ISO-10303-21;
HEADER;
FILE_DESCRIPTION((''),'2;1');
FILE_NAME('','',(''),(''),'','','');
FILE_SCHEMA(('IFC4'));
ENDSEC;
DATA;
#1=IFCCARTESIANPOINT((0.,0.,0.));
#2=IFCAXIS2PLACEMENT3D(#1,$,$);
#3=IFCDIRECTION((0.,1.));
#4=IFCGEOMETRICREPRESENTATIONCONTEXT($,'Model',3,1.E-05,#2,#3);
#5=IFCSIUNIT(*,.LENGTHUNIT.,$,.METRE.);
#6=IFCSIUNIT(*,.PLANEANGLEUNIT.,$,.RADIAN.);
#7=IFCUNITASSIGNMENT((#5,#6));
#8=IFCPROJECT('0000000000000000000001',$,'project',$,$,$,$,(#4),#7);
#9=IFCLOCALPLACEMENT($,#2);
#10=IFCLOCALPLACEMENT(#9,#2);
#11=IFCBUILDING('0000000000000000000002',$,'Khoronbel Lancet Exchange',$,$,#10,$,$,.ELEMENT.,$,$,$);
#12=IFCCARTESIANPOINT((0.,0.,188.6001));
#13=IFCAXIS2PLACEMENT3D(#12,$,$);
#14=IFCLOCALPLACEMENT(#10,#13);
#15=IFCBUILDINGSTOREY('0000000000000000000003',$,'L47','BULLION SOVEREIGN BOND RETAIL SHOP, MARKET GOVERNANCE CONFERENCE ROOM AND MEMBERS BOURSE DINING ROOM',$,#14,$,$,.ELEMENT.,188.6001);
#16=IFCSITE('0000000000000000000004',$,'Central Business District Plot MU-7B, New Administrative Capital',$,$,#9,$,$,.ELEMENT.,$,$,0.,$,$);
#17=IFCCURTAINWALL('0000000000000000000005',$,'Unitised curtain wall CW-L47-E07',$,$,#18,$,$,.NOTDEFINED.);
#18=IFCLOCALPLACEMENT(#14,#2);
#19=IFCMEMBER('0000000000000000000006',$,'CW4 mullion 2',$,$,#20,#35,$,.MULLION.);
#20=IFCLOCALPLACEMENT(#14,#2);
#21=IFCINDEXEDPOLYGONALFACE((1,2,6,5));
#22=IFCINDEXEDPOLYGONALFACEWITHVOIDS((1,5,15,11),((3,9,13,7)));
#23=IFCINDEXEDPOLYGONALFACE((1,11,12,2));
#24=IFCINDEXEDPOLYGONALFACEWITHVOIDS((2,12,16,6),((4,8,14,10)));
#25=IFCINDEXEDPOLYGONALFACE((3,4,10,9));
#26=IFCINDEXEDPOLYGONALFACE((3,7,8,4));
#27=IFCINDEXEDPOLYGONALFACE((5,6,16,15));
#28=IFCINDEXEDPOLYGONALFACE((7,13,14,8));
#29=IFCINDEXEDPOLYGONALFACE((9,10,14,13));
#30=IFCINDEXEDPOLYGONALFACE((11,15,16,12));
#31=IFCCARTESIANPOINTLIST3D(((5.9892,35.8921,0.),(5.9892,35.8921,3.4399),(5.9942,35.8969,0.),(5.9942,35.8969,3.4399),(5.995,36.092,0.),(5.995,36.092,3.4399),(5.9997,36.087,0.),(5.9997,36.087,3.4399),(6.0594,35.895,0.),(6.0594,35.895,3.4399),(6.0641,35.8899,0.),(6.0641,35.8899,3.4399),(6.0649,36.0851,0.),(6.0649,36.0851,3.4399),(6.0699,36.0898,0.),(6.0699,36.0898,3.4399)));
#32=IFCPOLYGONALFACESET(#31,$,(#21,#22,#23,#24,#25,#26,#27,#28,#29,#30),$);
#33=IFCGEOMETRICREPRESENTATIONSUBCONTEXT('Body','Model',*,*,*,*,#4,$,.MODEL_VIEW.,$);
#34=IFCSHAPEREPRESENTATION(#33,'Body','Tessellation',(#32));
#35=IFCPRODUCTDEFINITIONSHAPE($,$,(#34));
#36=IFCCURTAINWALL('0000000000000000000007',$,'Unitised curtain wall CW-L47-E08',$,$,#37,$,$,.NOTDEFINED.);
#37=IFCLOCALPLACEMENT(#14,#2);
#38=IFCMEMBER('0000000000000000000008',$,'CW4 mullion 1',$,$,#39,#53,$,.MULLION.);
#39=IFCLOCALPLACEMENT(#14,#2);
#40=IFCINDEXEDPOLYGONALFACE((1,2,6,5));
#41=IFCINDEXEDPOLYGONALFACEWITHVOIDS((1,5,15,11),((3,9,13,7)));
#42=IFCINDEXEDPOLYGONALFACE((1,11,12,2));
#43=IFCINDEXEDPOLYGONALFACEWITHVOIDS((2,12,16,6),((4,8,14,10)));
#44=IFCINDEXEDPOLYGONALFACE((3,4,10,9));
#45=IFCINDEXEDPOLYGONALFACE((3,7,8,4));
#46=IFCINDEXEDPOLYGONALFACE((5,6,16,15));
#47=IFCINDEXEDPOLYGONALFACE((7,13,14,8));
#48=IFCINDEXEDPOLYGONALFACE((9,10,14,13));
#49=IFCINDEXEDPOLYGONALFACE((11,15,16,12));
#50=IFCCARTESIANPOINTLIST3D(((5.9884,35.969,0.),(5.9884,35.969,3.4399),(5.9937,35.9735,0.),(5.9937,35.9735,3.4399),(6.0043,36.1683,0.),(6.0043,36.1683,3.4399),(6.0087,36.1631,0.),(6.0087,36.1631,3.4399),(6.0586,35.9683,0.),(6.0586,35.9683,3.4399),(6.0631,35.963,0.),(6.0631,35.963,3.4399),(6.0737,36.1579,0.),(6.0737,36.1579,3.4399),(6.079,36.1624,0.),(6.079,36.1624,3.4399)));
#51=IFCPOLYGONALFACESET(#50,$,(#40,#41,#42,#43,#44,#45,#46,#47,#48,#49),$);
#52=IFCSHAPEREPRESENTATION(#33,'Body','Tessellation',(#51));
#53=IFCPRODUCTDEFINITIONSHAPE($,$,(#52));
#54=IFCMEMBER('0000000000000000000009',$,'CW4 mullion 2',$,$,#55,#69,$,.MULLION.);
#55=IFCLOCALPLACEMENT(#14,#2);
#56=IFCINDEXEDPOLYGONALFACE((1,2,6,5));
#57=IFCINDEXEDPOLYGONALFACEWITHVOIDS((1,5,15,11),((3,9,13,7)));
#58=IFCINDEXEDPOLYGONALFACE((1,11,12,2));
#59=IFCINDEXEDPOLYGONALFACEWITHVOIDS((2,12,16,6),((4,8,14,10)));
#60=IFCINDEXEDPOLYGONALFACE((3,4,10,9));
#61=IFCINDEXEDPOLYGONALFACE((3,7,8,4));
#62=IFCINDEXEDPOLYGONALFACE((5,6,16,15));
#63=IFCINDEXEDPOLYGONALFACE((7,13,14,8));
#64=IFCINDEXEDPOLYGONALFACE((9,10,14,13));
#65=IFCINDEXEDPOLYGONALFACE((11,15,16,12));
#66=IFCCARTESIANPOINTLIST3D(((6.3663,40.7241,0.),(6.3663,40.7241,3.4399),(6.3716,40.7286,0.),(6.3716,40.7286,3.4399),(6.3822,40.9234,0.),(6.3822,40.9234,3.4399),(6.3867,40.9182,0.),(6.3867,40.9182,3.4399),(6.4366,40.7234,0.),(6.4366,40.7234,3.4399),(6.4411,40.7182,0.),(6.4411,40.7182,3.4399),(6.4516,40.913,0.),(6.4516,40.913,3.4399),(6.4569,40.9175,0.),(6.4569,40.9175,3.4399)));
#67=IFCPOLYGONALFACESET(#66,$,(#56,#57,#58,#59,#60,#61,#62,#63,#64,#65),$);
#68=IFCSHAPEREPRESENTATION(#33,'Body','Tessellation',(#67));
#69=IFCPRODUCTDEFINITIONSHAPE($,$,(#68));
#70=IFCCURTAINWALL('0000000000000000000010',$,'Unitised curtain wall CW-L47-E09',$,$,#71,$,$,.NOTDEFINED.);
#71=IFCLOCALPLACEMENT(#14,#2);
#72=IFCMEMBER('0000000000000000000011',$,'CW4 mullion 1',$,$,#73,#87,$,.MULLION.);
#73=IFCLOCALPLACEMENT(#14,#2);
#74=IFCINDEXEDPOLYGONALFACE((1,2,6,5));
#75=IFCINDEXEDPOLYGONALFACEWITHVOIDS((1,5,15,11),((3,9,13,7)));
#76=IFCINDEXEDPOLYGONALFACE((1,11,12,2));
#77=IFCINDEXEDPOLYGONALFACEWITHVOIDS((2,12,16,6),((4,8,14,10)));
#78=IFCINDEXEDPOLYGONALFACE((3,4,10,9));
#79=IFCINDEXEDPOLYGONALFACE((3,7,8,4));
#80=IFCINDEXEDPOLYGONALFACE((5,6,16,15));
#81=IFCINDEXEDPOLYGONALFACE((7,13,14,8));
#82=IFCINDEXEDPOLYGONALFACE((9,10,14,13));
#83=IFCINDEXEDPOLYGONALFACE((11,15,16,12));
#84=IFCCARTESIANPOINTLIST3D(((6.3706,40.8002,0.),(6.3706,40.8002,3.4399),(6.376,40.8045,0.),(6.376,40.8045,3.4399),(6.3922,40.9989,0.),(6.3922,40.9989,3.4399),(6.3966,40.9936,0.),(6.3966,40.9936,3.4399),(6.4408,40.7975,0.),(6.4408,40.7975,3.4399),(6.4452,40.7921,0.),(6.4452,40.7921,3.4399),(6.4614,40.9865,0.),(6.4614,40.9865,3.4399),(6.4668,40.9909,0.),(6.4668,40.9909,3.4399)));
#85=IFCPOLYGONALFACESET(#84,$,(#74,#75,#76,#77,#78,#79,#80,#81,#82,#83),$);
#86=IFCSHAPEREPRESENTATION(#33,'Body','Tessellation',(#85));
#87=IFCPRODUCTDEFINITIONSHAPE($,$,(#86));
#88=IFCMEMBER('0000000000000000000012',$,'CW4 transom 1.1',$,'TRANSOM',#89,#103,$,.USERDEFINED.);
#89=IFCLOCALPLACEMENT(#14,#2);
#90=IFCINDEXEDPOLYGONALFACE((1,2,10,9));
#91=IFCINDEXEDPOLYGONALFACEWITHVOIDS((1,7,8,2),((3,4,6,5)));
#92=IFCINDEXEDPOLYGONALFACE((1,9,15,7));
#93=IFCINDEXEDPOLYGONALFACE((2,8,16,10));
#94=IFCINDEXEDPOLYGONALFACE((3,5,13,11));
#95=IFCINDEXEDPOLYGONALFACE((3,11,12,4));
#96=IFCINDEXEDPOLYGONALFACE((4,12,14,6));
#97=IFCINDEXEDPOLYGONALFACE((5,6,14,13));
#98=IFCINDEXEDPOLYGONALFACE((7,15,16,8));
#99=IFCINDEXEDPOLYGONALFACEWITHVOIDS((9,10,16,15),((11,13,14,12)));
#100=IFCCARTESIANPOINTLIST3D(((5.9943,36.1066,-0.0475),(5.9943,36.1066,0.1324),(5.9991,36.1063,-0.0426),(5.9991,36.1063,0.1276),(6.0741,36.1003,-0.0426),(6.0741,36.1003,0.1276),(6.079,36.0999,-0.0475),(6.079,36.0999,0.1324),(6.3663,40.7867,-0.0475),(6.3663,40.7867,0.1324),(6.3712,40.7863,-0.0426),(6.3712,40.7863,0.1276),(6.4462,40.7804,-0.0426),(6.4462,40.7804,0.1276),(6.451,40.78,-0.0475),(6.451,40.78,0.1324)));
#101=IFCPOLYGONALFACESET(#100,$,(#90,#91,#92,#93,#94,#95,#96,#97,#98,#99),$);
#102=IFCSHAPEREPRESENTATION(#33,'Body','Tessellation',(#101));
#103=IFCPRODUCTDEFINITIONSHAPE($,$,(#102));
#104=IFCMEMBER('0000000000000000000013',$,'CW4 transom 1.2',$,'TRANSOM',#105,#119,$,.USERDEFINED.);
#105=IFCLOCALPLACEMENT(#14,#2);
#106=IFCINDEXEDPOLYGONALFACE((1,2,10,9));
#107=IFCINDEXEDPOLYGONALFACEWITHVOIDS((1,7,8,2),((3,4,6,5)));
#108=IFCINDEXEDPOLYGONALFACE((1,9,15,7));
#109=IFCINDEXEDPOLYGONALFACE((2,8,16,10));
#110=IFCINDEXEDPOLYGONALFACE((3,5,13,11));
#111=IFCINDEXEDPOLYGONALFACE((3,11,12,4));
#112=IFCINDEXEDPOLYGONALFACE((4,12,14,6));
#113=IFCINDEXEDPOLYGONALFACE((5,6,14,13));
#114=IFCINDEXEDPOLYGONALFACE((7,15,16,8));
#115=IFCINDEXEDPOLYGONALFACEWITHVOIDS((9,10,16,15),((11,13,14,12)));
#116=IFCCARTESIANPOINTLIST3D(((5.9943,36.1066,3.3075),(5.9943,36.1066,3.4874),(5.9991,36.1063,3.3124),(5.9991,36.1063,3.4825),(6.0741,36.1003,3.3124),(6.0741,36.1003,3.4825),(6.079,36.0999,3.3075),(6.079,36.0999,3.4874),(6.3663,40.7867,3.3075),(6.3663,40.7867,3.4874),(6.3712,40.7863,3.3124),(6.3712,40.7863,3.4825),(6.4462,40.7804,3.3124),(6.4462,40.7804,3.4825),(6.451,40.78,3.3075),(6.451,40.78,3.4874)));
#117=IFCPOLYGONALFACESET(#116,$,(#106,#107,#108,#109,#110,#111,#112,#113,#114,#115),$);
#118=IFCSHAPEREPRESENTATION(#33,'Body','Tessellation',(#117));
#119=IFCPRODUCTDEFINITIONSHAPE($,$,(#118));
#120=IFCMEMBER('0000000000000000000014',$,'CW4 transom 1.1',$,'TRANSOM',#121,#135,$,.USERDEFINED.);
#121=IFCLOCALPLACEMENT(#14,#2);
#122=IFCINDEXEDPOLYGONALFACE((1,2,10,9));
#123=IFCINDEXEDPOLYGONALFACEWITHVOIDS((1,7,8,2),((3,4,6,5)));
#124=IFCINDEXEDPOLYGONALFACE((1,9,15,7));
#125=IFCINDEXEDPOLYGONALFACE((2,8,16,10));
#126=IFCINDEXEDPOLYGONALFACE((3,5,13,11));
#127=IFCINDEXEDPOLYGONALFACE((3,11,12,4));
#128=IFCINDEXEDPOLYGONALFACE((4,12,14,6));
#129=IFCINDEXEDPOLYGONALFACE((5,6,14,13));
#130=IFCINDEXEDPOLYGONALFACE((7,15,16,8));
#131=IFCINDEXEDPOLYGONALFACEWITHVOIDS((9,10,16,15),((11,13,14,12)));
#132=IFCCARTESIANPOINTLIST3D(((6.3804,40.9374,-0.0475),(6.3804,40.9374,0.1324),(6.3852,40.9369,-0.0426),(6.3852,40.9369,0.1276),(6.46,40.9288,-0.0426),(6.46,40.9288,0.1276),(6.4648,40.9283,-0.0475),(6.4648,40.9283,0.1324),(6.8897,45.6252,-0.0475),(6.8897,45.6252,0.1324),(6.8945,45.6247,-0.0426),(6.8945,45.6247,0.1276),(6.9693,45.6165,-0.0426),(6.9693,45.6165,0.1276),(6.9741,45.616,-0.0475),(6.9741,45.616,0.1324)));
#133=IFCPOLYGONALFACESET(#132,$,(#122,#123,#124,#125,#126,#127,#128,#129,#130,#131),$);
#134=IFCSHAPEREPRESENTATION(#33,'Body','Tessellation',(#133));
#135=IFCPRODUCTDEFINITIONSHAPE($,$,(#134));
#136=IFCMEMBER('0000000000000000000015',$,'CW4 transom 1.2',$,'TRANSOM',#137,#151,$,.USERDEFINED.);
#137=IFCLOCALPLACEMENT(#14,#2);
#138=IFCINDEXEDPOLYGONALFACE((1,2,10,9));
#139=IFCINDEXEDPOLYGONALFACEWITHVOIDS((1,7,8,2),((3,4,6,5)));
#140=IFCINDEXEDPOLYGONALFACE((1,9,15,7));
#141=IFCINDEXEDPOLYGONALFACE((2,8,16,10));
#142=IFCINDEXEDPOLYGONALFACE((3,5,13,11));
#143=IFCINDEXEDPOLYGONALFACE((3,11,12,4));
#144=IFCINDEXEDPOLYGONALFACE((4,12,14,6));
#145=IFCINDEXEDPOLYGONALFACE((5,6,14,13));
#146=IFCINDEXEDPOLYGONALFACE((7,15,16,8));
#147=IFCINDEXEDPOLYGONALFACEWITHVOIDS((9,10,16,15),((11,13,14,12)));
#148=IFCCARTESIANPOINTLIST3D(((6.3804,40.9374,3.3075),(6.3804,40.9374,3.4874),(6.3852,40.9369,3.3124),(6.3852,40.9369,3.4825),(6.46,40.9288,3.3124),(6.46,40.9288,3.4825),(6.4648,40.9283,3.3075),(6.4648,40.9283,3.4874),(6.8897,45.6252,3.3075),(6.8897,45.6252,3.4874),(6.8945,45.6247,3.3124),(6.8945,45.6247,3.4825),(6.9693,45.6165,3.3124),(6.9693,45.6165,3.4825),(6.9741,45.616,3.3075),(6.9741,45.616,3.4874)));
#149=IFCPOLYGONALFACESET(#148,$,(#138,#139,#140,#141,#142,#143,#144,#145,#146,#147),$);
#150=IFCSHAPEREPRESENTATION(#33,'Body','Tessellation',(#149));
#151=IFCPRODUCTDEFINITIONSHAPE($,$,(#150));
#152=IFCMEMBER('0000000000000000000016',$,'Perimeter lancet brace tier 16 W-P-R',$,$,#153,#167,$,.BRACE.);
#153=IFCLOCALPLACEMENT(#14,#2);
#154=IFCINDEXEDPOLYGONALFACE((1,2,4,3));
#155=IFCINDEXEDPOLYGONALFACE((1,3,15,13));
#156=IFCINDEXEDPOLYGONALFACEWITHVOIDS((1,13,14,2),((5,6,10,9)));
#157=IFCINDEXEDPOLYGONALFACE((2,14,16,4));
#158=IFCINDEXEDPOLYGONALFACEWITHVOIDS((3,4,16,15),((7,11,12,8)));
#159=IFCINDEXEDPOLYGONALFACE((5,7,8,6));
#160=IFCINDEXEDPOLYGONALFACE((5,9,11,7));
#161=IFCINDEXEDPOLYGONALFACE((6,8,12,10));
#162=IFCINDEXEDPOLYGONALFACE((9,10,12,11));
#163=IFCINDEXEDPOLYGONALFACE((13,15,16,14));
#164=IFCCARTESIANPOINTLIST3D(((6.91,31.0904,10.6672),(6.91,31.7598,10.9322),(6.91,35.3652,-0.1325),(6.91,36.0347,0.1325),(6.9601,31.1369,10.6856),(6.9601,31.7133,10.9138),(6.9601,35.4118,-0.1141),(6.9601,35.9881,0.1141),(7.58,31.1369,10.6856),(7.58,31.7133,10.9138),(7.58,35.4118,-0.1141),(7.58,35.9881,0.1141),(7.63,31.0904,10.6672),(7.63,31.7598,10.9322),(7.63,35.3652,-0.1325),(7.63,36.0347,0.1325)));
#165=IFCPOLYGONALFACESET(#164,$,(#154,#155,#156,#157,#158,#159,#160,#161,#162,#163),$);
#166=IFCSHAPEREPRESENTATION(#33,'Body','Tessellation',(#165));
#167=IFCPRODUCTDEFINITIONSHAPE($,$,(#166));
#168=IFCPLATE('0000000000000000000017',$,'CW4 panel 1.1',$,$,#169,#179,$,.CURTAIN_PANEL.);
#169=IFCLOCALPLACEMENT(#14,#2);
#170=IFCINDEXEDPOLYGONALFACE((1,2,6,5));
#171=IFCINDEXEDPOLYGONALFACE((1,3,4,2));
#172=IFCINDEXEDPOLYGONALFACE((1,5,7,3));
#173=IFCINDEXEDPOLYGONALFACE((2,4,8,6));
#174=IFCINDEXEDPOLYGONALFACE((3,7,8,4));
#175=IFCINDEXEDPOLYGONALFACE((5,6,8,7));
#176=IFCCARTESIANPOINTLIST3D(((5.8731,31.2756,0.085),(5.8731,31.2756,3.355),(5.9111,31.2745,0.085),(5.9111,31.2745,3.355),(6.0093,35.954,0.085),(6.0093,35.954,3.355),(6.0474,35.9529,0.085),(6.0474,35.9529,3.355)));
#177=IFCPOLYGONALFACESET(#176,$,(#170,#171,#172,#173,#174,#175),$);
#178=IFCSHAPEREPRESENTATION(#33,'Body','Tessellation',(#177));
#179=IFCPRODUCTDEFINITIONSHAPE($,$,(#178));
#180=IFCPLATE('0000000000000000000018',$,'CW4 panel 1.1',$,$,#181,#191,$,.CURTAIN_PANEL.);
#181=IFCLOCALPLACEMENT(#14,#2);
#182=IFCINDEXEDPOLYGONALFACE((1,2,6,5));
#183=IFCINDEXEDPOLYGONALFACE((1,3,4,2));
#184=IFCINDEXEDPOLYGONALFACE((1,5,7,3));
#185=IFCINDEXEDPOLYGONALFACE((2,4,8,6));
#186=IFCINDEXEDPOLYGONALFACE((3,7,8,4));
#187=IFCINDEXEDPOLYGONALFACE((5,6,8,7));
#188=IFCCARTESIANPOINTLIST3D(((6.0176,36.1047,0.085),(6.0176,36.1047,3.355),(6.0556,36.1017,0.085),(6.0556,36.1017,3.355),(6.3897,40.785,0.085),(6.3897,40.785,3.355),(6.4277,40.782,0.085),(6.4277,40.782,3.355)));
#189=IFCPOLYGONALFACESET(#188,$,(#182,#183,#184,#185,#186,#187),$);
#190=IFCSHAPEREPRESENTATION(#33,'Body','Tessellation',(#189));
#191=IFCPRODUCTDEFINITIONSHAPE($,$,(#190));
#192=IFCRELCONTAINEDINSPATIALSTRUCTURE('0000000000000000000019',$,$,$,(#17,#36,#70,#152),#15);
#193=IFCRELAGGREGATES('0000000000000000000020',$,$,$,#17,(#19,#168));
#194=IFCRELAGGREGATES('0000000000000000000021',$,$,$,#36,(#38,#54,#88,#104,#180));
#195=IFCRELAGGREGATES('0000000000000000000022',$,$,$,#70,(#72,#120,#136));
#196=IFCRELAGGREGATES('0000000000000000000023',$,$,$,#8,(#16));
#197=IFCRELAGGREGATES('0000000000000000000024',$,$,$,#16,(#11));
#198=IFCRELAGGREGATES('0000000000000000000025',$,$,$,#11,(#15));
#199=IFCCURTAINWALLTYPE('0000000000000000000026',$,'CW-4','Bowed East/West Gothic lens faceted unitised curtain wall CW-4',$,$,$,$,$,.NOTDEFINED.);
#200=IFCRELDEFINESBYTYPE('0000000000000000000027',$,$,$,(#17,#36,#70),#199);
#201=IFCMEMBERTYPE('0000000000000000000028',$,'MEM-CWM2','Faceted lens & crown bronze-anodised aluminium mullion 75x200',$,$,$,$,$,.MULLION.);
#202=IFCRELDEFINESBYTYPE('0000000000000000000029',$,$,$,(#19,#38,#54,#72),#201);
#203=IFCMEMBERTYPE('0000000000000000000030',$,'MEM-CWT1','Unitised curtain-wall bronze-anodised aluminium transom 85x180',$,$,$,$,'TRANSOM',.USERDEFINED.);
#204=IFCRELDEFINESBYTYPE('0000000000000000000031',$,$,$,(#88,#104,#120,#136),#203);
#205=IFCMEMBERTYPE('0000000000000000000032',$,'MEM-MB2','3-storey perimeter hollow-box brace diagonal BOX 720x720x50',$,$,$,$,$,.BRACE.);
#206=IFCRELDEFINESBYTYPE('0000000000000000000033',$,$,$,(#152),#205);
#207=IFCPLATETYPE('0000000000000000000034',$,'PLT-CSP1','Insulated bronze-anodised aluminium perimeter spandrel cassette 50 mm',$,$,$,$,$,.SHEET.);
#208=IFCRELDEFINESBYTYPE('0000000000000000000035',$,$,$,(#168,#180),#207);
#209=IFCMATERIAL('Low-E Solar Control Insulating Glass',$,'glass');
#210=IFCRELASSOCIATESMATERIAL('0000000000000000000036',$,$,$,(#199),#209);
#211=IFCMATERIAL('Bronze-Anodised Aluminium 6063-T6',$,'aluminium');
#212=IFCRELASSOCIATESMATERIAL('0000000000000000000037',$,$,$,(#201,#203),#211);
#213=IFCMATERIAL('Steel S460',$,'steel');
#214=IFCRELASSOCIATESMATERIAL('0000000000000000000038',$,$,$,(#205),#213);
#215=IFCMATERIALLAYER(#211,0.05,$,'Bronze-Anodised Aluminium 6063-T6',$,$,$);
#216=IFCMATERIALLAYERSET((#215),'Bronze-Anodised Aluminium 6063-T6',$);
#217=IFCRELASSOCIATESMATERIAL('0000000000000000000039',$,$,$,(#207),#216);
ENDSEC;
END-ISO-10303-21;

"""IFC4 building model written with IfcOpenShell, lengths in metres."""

from ifc_helpers import new_model, si_unit, direction, frame, origin, origin_2d, place, context, subcontext, project, spatial, rectangle, hollow_rectangle, extrude, material, layer, layer_set, material_profile, profile_set, type_object, element, aggregate, save


model = new_model("IFC4")

# Units and contexts
model_context = context("Model", 3, precision=1e-05, world=origin(), true_north=direction((0.0, 1.0)))
body_context = subcontext(model_context, "Body", "Model", "MODEL_VIEW")
ifc_project = project(units=[si_unit("LENGTHUNIT", "METRE"), si_unit("PLANEANGLEUNIT", "RADIAN")], contexts=[model_context])

# Site, building, storey
site_placement = place(None, origin())
site = spatial("IfcSite", under=ifc_project, at=site_placement, Name="Central Business District Plot MU-7B, New Administrative Capital", CompositionType="ELEMENT", RefElevation=0.0)
building_placement = place(site_placement, origin())
building = spatial("IfcBuilding", under=site, at=building_placement, Name="Khoronbel Lancet Exchange", CompositionType="ELEMENT")
storey_placement = place(building_placement, frame((0.0, 0.0, 188.6001)))
storey = spatial("IfcBuildingStorey", under=building, at=storey_placement, Name="L47", Description="BULLION SOVEREIGN BOND RETAIL SHOP, MARKET GOVERNANCE CONFERENCE ROOM AND MEMBERS BOURSE DINING ROOM", CompositionType="ELEMENT", Elevation=188.6001)

# Curtain wall, member
ifc_material_1 = material(Name="Low-E Solar Control Insulating Glass", Category="glass")
curtain_wall_type = type_object("IfcCurtainWallType", Name="CW-4", Description="Bowed East/West Gothic lens faceted unitised curtain wall CW-4", PredefinedType="NOTDEFINED", material=ifc_material_1)
curtain_wall_1_placement = place(storey_placement, origin())
curtain_wall_1 = element("IfcCurtainWall", 1, at=curtain_wall_1_placement, inside=storey, type_object=curtain_wall_type, Name="Unitised curtain wall CW-L47-E07", PredefinedType="NOTDEFINED")
ifc_material_2 = material(Name="Bronze-Anodised Aluminium 6063-T6", Category="aluminium")
ifc_material_profile_1 = material_profile(ifc_material_2, hollow_rectangle(XDim=0.075, YDim=0.2, WallThickness=0.0049, at=origin_2d()), Name="ALU MULLION 75x200")
ifc_profile_set_1 = profile_set([ifc_material_profile_1], Name="Bronze-Anodised Aluminium 6063-T6")
member_type_1 = type_object("IfcMemberType", Name="MEM-CWM2", Description="Faceted lens & crown bronze-anodised aluminium mullion 75x200", PredefinedType="MULLION", material=ifc_profile_set_1)
member_1_placement = place(storey_placement, frame((6.0295, 35.991, 0.0), z_axis=(0.0, 0.0, 1.0), x_axis=(-0.999576, 0.029107, 0.0)))
member_1 = element("IfcMember", 2, at=member_1_placement, type_object=member_type_1, Name="CW4 mullion 2", PredefinedType="MULLION", context=body_context, shape_type="SweptSolid", body=[
    extrude(hollow_rectangle(XDim=0.075, YDim=0.2, WallThickness=0.0049, at=origin_2d()), origin(), (0.0, 0.0, 1.0), 3.4399),
])

# Curtain wall, members
curtain_wall_2_placement = place(storey_placement, origin())
curtain_wall_2 = element("IfcCurtainWall", 3, at=curtain_wall_2_placement, inside=storey, type_object=curtain_wall_type, Name="Unitised curtain wall CW-L47-E08", PredefinedType="NOTDEFINED")
member_2_placement = place(storey_placement, frame((6.0337, 36.0657, 0.0), z_axis=(0.0, 0.0, 1.0), x_axis=(-0.996854, 0.079255, 0.0)))
member_2 = element("IfcMember", 4, at=member_2_placement, type_object=member_type_1, Name="CW4 mullion 1", PredefinedType="MULLION", context=body_context, shape_type="SweptSolid", body=[
    extrude(hollow_rectangle(XDim=0.075, YDim=0.2, WallThickness=0.0049, at=origin_2d()), origin(), (0.0, 0.0, 1.0), 3.4399),
])
member_3_placement = place(storey_placement, frame((6.4116, 40.8208, 0.0), z_axis=(0.0, 0.0, 1.0), x_axis=(-0.996854, 0.079255, 0.0)))
member_3 = element("IfcMember", 5, at=member_3_placement, type_object=member_type_1, Name="CW4 mullion 2", PredefinedType="MULLION", context=body_context, shape_type="SweptSolid", body=[
    extrude(hollow_rectangle(XDim=0.075, YDim=0.2, WallThickness=0.0049, at=origin_2d()), origin(), (0.0, 0.0, 1.0), 3.4399),
])

# Curtain wall, member
curtain_wall_3_placement = place(storey_placement, origin())
curtain_wall_3 = element("IfcCurtainWall", 6, at=curtain_wall_3_placement, inside=storey, type_object=curtain_wall_type, Name="Unitised curtain wall CW-L47-E09", PredefinedType="NOTDEFINED")
member_4_placement = place(storey_placement, frame((6.4187, 40.8955, 0.0), z_axis=(0.0, 0.0, 1.0), x_axis=(-0.994152, 0.10799, 0.0)))
member_4 = element("IfcMember", 7, at=member_4_placement, type_object=member_type_1, Name="CW4 mullion 1", PredefinedType="MULLION", context=body_context, shape_type="SweptSolid", body=[
    extrude(hollow_rectangle(XDim=0.075, YDim=0.2, WallThickness=0.0049, at=origin_2d()), origin(), (0.0, 0.0, 1.0), 3.4399),
])

# Members
ifc_material_profile_2 = material_profile(ifc_material_2, hollow_rectangle(XDim=0.085, YDim=0.1799, WallThickness=0.0049, at=origin_2d()), Name="ALU TRANSOM 85x180")
ifc_profile_set_2 = profile_set([ifc_material_profile_2], Name="Bronze-Anodised Aluminium 6063-T6")
member_type_2 = type_object("IfcMemberType", Name="MEM-CWT1", Description="Unitised curtain-wall bronze-anodised aluminium transom 85x180", ElementType="TRANSOM", PredefinedType="USERDEFINED", material=ifc_profile_set_2)
member_5_placement = place(storey_placement, frame((6.0366, 36.1033, 0.0425), z_axis=(0.079249, 0.996855, 0.0), x_axis=(-0.996855, 0.079249, 0.0)))
member_5 = element("IfcMember", 8, at=member_5_placement, type_object=member_type_2, Name="CW4 transom 1.1", ObjectType="TRANSOM", PredefinedType="USERDEFINED", context=body_context, shape_type="SweptSolid", body=[
    extrude(hollow_rectangle(XDim=0.085, YDim=0.1799, WallThickness=0.0049, at=origin_2d()), origin(), (0.0, 0.0, 1.0), 4.6948),
])
member_6_placement = place(storey_placement, frame((6.0366, 36.1033, 3.3975), z_axis=(0.079249, 0.996855, 0.0), x_axis=(-0.996855, 0.079249, 0.0)))
member_6 = element("IfcMember", 9, at=member_6_placement, type_object=member_type_2, Name="CW4 transom 1.2", ObjectType="TRANSOM", PredefinedType="USERDEFINED", context=body_context, shape_type="SweptSolid", body=[
    extrude(hollow_rectangle(XDim=0.085, YDim=0.1799, WallThickness=0.0049, at=origin_2d()), origin(), (0.0, 0.0, 1.0), 4.6948),
])
member_7_placement = place(storey_placement, frame((6.4226, 40.9329, 0.0425), z_axis=(0.108005, 0.99415, 0.0), x_axis=(-0.99415, 0.108005, 0.0)))
member_7 = element("IfcMember", 10, at=member_7_placement, type_object=member_type_2, Name="CW4 transom 1.1", ObjectType="TRANSOM", PredefinedType="USERDEFINED", context=body_context, shape_type="SweptSolid", body=[
    extrude(hollow_rectangle(XDim=0.085, YDim=0.1799, WallThickness=0.0049, at=origin_2d()), origin(), (0.0, 0.0, 1.0), 4.7153),
])
member_8_placement = place(storey_placement, frame((6.4226, 40.9329, 3.3975), z_axis=(0.108005, 0.99415, 0.0), x_axis=(-0.99415, 0.108005, 0.0)))
member_8 = element("IfcMember", 11, at=member_8_placement, type_object=member_type_2, Name="CW4 transom 1.2", ObjectType="TRANSOM", PredefinedType="USERDEFINED", context=body_context, shape_type="SweptSolid", body=[
    extrude(hollow_rectangle(XDim=0.085, YDim=0.1799, WallThickness=0.0049, at=origin_2d()), origin(), (0.0, 0.0, 1.0), 4.7153),
])
ifc_material_3 = material(Name="Steel S460", Category="steel")
ifc_material_profile_3 = material_profile(ifc_material_3, hollow_rectangle(XDim=0.72, YDim=0.72, WallThickness=0.05, at=origin_2d()), Name="BOX 720x720x50")
ifc_profile_set_3 = profile_set([ifc_material_profile_3], Name="Steel S460")
member_type_3 = type_object("IfcMemberType", Name="MEM-MB2", Description="3-storey perimeter hollow-box brace diagonal BOX 720x720x50", PredefinedType="BRACE", material=ifc_profile_set_3)
member_9_placement = place(storey_placement, frame((7.27, 35.7, 0.0), z_axis=(0.0, -0.368047, 0.929807), x_axis=(1.0, 0.0, 0.0)))
element("IfcMember", 12, at=member_9_placement, inside=storey, type_object=member_type_3, Name="Perimeter lancet brace tier 16 W-P-R", PredefinedType="BRACE", context=body_context, shape_type="SweptSolid", body=[
    extrude(hollow_rectangle(XDim=0.72, YDim=0.72, WallThickness=0.05, at=origin_2d()), origin(), (0.0, 0.0, 1.0), 11.615),
])

# Plates
ifc_layer_1 = layer(ifc_material_2, 0.05, Name="Bronze-Anodised Aluminium 6063-T6")
ifc_layer_set_1 = layer_set([ifc_layer_1], Name="Bronze-Anodised Aluminium 6063-T6")
plate_type_1 = type_object("IfcPlateType", Name="PLT-CSP1", Description="Insulated bronze-anodised aluminium perimeter spandrel cassette 50 mm", PredefinedType="SHEET", material=ifc_layer_set_1)
plate_1_placement = place(storey_placement, frame((5.9602, 33.6143, 0.085), z_axis=(0.0, 0.0, 1.0), x_axis=(0.029107, 0.999576, 0.0)))
plate_1 = element("IfcPlate", 13, at=plate_1_placement, type_object=plate_type_1, Name="CW4 panel 1.1", PredefinedType="CURTAIN_PANEL", context=body_context, shape_type="SweptSolid", body=[
    extrude(rectangle(XDim=4.6804, YDim=0.0381, at=origin_2d()), origin(), (0.0, 0.0, 1.0), 3.27),
])
aggregate(curtain_wall_1, [member_1, plate_1])
plate_2_placement = place(storey_placement, frame((6.2227, 38.4434, 0.085), z_axis=(0.0, 0.0, 1.0), x_axis=(0.079255, 0.996854, 0.0)))
plate_2 = element("IfcPlate", 14, at=plate_2_placement, type_object=plate_type_1, Name="CW4 panel 1.1", PredefinedType="CURTAIN_PANEL", context=body_context, shape_type="SweptSolid", body=[
    extrude(rectangle(XDim=4.6951, YDim=0.0381, at=origin_2d()), origin(), (0.0, 0.0, 1.0), 3.27),
])
aggregate(curtain_wall_2, [member_2, member_3, member_5, member_6, plate_2])
aggregate(curtain_wall_3, [member_4, member_7, member_8])

save(model, "model.ifc")
